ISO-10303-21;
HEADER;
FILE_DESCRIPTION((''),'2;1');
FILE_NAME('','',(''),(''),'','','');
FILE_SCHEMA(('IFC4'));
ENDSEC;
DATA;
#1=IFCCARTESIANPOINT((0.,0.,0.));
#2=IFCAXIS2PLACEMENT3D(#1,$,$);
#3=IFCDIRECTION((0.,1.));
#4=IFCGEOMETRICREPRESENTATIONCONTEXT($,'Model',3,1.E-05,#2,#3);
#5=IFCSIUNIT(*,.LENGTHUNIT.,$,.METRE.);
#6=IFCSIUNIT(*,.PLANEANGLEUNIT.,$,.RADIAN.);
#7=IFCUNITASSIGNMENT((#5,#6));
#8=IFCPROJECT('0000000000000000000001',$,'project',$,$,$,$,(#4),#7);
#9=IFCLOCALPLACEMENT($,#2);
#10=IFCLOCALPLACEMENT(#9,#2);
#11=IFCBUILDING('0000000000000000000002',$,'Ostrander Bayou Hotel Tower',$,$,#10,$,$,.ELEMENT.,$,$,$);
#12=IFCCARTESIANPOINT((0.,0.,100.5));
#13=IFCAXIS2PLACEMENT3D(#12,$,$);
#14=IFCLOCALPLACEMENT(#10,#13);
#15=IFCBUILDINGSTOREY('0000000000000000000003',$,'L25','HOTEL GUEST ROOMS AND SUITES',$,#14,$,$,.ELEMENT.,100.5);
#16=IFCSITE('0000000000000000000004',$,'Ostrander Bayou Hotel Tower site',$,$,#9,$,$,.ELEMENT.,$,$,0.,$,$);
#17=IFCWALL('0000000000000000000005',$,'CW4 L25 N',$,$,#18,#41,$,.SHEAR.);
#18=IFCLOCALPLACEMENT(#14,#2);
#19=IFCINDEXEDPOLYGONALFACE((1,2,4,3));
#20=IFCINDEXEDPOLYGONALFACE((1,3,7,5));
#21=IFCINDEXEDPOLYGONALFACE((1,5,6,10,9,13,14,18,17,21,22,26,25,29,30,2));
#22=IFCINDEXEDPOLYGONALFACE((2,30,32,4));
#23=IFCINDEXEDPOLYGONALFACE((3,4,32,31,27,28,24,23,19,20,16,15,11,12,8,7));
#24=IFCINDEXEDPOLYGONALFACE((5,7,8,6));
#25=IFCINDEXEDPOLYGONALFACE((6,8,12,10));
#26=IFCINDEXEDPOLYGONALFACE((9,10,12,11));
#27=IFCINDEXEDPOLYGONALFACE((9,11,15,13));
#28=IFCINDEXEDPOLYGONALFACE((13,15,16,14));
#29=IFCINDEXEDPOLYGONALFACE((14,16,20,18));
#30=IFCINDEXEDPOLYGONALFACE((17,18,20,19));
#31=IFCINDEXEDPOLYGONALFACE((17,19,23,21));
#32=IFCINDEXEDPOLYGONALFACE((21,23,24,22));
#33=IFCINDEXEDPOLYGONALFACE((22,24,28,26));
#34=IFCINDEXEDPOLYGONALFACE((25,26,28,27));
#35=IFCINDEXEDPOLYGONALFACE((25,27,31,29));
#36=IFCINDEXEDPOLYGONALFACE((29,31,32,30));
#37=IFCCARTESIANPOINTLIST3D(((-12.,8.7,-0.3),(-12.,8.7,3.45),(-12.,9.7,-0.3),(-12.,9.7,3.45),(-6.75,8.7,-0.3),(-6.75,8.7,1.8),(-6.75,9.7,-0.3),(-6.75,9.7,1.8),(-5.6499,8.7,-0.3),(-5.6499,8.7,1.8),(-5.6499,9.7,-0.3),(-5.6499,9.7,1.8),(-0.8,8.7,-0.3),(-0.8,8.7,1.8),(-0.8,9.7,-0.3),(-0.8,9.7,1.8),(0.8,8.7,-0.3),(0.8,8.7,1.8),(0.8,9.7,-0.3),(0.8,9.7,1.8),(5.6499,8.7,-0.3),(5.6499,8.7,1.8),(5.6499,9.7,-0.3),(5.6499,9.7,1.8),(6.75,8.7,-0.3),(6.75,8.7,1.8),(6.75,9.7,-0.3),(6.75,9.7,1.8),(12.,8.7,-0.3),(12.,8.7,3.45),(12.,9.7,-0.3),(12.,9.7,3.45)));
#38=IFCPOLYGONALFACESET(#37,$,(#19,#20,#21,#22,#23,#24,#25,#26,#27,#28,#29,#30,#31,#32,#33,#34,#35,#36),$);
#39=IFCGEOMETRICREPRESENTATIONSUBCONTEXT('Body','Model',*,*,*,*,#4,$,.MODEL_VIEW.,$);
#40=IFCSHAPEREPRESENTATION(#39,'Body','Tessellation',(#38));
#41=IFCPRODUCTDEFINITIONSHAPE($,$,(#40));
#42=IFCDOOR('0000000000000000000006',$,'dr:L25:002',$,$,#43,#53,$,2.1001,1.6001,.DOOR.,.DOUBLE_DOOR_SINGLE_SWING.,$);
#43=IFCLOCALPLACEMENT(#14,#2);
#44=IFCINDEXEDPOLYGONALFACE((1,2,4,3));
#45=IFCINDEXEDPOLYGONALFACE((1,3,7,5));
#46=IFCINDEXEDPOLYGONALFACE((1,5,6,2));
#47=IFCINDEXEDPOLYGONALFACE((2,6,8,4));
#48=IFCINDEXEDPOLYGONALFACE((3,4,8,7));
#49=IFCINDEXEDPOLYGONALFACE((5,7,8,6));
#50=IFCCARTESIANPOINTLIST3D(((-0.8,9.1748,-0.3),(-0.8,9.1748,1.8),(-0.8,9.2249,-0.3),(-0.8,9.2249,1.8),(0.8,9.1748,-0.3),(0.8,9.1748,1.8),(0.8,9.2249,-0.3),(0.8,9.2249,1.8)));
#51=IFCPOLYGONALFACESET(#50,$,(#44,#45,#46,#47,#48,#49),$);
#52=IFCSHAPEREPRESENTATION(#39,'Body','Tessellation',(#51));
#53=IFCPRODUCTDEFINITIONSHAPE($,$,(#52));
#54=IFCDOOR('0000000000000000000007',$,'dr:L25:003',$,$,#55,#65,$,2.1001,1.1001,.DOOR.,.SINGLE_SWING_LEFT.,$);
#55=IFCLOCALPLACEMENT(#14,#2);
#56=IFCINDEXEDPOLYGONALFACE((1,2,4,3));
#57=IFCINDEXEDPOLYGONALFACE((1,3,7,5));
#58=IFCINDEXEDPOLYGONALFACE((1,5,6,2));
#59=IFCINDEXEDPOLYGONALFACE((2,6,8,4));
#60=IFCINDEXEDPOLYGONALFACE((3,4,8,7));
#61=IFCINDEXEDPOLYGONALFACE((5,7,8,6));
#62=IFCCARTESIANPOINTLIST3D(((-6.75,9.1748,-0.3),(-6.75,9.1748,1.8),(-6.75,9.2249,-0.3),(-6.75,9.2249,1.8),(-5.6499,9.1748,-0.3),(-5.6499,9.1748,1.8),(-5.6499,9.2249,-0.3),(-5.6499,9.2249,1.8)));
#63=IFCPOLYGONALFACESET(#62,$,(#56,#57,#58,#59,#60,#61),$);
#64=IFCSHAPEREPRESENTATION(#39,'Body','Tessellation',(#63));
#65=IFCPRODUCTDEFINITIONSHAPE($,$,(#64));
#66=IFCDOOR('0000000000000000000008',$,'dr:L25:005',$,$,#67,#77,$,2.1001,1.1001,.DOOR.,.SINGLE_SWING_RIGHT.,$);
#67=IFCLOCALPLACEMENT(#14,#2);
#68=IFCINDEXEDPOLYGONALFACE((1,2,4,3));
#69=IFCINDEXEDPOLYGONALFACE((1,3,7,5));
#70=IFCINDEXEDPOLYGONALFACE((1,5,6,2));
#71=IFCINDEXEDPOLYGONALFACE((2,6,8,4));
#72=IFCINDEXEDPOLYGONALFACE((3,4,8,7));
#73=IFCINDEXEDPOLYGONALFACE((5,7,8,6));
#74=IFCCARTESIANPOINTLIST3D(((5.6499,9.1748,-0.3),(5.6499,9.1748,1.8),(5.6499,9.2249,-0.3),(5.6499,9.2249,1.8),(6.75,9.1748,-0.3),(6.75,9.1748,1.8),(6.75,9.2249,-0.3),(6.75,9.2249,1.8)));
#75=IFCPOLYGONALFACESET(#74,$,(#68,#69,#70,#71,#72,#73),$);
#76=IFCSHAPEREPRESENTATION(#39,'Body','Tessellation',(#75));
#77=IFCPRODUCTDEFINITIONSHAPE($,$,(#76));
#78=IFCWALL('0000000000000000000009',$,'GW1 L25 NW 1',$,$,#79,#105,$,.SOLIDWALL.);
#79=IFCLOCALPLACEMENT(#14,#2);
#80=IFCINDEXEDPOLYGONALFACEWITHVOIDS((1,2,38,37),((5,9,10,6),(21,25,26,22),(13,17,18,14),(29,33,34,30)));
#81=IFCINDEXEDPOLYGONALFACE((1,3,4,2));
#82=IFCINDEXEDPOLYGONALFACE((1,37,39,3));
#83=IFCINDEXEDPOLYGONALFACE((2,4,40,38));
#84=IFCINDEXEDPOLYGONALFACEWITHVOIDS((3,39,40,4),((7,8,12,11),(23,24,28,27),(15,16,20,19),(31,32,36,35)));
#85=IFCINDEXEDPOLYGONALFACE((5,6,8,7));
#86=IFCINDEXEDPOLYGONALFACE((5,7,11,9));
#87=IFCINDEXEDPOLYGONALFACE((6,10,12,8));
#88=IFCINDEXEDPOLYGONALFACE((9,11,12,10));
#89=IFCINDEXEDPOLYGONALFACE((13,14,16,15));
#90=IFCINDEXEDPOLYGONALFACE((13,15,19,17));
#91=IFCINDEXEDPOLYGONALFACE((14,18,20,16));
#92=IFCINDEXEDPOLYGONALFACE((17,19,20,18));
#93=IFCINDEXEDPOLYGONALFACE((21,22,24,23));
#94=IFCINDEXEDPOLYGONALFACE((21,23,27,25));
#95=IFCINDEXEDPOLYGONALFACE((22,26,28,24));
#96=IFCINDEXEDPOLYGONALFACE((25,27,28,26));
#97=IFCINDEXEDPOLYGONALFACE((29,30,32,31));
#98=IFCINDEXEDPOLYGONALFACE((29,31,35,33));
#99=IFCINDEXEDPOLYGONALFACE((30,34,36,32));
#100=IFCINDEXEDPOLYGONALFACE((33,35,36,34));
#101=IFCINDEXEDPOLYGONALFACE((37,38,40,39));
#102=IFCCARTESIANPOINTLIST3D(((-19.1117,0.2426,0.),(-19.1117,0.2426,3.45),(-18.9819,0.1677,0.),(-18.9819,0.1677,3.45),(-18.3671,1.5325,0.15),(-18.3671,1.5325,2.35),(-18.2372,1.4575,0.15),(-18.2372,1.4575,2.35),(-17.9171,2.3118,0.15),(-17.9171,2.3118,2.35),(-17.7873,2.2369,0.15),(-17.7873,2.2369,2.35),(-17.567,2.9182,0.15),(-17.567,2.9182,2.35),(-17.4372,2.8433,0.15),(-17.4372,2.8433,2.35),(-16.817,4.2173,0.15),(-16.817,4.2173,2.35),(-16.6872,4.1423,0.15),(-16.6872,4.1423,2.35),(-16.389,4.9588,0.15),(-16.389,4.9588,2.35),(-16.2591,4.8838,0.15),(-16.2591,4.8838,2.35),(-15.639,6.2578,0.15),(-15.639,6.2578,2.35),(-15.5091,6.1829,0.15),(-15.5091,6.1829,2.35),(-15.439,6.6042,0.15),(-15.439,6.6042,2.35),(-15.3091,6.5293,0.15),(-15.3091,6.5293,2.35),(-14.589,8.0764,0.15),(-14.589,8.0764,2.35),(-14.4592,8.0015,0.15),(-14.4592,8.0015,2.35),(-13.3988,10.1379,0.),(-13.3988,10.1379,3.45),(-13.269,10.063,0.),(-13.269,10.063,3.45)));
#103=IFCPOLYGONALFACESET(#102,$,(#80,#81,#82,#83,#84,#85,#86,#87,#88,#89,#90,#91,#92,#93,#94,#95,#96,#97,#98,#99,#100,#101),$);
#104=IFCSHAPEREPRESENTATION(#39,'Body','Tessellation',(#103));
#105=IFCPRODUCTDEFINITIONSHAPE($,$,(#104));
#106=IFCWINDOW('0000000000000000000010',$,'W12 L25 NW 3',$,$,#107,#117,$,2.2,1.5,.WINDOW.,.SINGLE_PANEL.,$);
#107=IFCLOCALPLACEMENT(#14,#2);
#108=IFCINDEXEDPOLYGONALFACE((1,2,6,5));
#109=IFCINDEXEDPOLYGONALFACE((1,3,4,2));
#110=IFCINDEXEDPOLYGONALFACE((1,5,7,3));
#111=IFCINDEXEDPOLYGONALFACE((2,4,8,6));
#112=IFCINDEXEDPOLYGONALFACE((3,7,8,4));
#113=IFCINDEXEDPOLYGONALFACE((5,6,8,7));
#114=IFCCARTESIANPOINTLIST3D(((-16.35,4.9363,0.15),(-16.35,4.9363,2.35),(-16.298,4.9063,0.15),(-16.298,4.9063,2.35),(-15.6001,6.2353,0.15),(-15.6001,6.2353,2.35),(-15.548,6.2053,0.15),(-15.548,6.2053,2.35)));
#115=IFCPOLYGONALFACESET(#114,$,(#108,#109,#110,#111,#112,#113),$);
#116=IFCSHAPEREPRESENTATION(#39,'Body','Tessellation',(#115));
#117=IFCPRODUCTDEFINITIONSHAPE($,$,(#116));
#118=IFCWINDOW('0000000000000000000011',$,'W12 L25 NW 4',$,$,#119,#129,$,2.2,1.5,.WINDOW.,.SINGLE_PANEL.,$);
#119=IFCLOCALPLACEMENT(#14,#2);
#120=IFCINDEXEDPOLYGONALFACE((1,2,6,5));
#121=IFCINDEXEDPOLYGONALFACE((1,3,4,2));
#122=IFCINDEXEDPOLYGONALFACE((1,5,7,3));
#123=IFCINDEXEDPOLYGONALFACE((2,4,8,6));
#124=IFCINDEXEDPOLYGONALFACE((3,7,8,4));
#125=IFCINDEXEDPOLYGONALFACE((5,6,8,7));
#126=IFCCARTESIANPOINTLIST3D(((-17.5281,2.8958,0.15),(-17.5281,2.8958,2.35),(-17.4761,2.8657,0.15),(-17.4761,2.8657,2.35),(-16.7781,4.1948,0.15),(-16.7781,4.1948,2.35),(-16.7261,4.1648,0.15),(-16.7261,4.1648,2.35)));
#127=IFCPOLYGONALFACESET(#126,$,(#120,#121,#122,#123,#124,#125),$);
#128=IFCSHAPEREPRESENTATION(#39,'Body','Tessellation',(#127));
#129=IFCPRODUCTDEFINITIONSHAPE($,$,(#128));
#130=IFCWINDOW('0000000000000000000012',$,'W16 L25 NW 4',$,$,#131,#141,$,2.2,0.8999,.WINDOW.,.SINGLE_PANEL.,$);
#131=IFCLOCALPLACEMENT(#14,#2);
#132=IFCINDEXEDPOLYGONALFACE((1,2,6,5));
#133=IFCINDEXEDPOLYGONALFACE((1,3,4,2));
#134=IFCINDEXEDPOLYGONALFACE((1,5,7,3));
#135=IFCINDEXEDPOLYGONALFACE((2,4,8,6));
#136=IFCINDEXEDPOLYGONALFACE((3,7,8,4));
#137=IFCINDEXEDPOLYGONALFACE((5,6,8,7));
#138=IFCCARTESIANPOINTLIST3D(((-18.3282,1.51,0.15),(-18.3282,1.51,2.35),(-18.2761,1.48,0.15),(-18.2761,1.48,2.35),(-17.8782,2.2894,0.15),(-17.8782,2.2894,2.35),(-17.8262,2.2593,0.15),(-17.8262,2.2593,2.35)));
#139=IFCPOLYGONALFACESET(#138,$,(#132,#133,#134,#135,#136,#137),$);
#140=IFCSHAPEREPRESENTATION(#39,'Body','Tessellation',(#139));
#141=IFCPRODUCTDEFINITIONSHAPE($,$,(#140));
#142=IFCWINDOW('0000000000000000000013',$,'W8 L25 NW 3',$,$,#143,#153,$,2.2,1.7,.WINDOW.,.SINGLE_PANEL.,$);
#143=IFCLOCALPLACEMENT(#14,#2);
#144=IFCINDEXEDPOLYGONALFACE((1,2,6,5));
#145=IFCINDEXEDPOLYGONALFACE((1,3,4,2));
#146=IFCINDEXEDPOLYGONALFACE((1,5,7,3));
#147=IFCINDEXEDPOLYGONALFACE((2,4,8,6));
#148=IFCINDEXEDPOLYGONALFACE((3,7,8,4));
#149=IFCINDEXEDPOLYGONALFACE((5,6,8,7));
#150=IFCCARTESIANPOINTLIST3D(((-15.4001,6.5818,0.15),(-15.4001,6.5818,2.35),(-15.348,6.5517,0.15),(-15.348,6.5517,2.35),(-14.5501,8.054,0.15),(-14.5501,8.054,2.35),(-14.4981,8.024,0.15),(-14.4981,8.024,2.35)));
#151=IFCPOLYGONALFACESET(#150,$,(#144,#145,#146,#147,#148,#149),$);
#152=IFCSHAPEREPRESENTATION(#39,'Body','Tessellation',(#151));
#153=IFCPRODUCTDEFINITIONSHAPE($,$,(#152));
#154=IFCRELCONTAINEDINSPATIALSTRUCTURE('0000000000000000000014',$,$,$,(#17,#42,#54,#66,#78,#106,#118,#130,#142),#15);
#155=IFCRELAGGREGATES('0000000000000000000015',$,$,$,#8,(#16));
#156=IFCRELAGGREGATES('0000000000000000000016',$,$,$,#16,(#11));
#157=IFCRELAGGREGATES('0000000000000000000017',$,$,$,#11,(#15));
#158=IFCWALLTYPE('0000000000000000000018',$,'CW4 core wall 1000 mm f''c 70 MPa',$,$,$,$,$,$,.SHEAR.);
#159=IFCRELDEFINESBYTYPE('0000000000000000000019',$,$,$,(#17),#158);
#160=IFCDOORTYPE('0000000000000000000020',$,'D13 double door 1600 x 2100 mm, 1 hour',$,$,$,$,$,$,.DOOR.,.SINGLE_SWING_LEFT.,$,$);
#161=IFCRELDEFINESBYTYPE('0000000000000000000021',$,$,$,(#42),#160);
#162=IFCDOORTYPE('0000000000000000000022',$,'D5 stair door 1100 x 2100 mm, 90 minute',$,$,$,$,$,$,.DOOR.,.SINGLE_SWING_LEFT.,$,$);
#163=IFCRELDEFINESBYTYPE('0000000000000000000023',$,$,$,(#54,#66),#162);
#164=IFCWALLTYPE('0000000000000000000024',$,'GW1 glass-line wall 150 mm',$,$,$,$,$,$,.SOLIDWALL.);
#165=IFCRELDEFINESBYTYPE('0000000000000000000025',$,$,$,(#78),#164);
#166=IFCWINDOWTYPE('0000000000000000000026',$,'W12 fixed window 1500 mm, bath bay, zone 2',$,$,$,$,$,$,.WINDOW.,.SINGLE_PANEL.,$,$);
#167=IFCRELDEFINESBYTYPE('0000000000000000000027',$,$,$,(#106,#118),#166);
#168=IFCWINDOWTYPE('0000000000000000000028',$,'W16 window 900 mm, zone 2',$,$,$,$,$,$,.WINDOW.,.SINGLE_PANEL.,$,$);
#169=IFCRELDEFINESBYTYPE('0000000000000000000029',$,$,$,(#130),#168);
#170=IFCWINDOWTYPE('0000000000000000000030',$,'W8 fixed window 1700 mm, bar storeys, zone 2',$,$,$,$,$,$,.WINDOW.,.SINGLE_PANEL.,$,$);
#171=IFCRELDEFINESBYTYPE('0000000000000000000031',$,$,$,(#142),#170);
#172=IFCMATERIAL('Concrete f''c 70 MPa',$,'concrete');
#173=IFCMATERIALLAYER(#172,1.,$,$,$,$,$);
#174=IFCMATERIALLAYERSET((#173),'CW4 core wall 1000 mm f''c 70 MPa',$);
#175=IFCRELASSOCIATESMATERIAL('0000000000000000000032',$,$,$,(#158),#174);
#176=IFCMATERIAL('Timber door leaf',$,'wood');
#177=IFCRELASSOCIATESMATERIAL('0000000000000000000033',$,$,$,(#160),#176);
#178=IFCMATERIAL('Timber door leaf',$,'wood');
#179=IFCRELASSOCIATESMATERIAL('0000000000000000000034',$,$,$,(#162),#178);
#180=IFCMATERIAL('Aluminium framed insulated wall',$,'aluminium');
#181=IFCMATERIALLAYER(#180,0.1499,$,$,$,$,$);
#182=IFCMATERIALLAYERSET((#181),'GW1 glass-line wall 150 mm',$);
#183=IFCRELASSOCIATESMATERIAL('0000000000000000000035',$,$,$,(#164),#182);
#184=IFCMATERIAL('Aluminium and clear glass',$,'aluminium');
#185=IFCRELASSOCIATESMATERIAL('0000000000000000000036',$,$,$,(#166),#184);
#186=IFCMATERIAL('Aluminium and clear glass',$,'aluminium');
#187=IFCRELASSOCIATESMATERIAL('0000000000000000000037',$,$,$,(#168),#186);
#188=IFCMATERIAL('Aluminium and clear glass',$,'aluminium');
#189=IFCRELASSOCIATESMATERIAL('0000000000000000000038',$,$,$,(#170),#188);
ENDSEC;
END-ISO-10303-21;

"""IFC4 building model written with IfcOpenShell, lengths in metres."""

from ifc_helpers import new_model, si_unit, direction, frame, frame_2d, origin, place, context, subcontext, project, spatial, rectangle, extrude, material, layer, layer_set, type_object, element, fill, save


model = new_model("IFC4")

# Units and contexts
model_context = context("Model", 3, precision=1e-05, world=origin(), true_north=direction((0.0, 1.0)))
body_context = subcontext(model_context, "Body", "Model", "MODEL_VIEW")
ifc_project = project(units=[si_unit("LENGTHUNIT", "METRE"), si_unit("PLANEANGLEUNIT", "RADIAN")], contexts=[model_context])

# Site, building, storey
site_placement = place(None, origin())
site = spatial("IfcSite", under=ifc_project, at=site_placement, Name="Ostrander Bayou Hotel Tower site", CompositionType="ELEMENT", RefElevation=0.0)
building_placement = place(site_placement, origin())
building = spatial("IfcBuilding", under=site, at=building_placement, Name="Ostrander Bayou Hotel Tower", CompositionType="ELEMENT")
storey_placement = place(building_placement, frame((0.0, 0.0, 100.5)))
storey = spatial("IfcBuildingStorey", under=building, at=storey_placement, Name="L25", Description="HOTEL GUEST ROOMS AND SUITES", CompositionType="ELEMENT", Elevation=100.5)

# Wall, openings, doors
ifc_material_1 = material(Name="Concrete f'c 70 MPa", Category="concrete")
ifc_layer_1 = layer(ifc_material_1, 1.0)
ifc_layer_set_1 = layer_set([ifc_layer_1], Name="CW4 core wall 1000 mm f'c 70 MPa")
wall_type_1 = type_object("IfcWallType", Name="CW4 core wall 1000 mm f'c 70 MPa", PredefinedType="SHEAR", material=ifc_layer_set_1)
wall_1_placement = place(storey_placement, frame((-12.0, 9.2, -0.3), z_axis=(0.0, 0.0, 1.0), x_axis=(1.0, 0.0, 0.0)))
wall_1 = element("IfcWall", 1, at=wall_1_placement, inside=storey, type_object=wall_type_1, Name="CW4 L25 N", PredefinedType="SHEAR", context=body_context, shape_type="SweptSolid", body=[
    extrude(rectangle(XDim=24.0, YDim=1.0, at=frame_2d((12.0, 0.0))), origin(), (0.0, 0.0, 1.0), 3.75),
])
opening_1_placement = place(wall_1_placement, frame((11.2, 0.0, 0.0)))
opening_1 = element("IfcOpeningElement", 2, at=opening_1_placement, cuts=wall_1, PredefinedType="OPENING", context=body_context, shape_type="SweptSolid", body=[
    extrude(rectangle(XDim=1.6001, YDim=2.1001, at=frame_2d((0.8, 1.05))), frame((0.0, 0.5, 0.0), z_axis=(0.0, -1.0, 0.0), x_axis=(1.0, 0.0, 0.0)), (0.0, 0.0, 1.0), 1.0),
])
opening_2_placement = place(wall_1_placement, frame((5.25, 0.0, 0.0)))
opening_2 = element("IfcOpeningElement", 3, at=opening_2_placement, cuts=wall_1, PredefinedType="OPENING", context=body_context, shape_type="SweptSolid", body=[
    extrude(rectangle(XDim=1.1001, YDim=2.1001, at=frame_2d((0.55, 1.05))), frame((0.0, 0.5, 0.0), z_axis=(0.0, -1.0, 0.0), x_axis=(1.0, 0.0, 0.0)), (0.0, 0.0, 1.0), 1.0),
])
opening_3_placement = place(wall_1_placement, frame((17.6499, 0.0, 0.0)))
opening_3 = element("IfcOpeningElement", 4, at=opening_3_placement, cuts=wall_1, PredefinedType="OPENING", context=body_context, shape_type="SweptSolid", body=[
    extrude(rectangle(XDim=1.1001, YDim=2.1001, at=frame_2d((0.55, 1.05))), frame((0.0, 0.5, 0.0), z_axis=(0.0, -1.0, 0.0), x_axis=(1.0, 0.0, 0.0)), (0.0, 0.0, 1.0), 1.0),
])
ifc_material_2 = material(Name="Timber door leaf", Category="wood")
door_type_1 = type_object("IfcDoorType", Name="D13 double door 1600 x 2100 mm, 1 hour", OperationType="SINGLE_SWING_LEFT", PredefinedType="DOOR", material=ifc_material_2)
door_1_placement = place(opening_1_placement, origin())
door_1 = element("IfcDoor", 5, at=door_1_placement, inside=storey, type_object=door_type_1, Name="dr:L25:002", OperationType="DOUBLE_DOOR_SINGLE_SWING", OverallHeight=2.1001, OverallWidth=1.6001, PredefinedType="DOOR", context=body_context, shape_type="SweptSolid", body=[
    extrude(rectangle(XDim=1.6001, YDim=2.1001, at=frame_2d((0.8, 1.05))), frame((0.0, 0.0249, 0.0), z_axis=(0.0, -1.0, 0.0), x_axis=(1.0, 0.0, 0.0)), (0.0, 0.0, 1.0), 0.05),
])
fill(opening_1, door_1)
ifc_material_3 = material(Name="Timber door leaf", Category="wood")
door_type_2 = type_object("IfcDoorType", Name="D5 stair door 1100 x 2100 mm, 90 minute", OperationType="SINGLE_SWING_LEFT", PredefinedType="DOOR", material=ifc_material_3)
door_2_placement = place(opening_2_placement, origin())
door_2 = element("IfcDoor", 6, at=door_2_placement, inside=storey, type_object=door_type_2, Name="dr:L25:003", OperationType="SINGLE_SWING_LEFT", OverallHeight=2.1001, OverallWidth=1.1001, PredefinedType="DOOR", context=body_context, shape_type="SweptSolid", body=[
    extrude(rectangle(XDim=1.1001, YDim=2.1001, at=frame_2d((0.55, 1.05))), frame((0.0, 0.0249, 0.0), z_axis=(0.0, -1.0, 0.0), x_axis=(1.0, 0.0, 0.0)), (0.0, 0.0, 1.0), 0.05),
])
fill(opening_2, door_2)
door_3_placement = place(opening_3_placement, origin())
door_3 = element("IfcDoor", 7, at=door_3_placement, inside=storey, type_object=door_type_2, Name="dr:L25:005", OperationType="SINGLE_SWING_RIGHT", OverallHeight=2.1001, OverallWidth=1.1001, PredefinedType="DOOR", context=body_context, shape_type="SweptSolid", body=[
    extrude(rectangle(XDim=1.1001, YDim=2.1001, at=frame_2d((0.55, 1.05))), frame((0.0, 0.0249, 0.0), z_axis=(0.0, -1.0, 0.0), x_axis=(1.0, 0.0, 0.0)), (0.0, 0.0, 1.0), 0.05),
])
fill(opening_3, door_3)

# Wall, openings, windows
ifc_material_4 = material(Name="Aluminium framed insulated wall", Category="aluminium")
ifc_layer_2 = layer(ifc_material_4, 0.1499)
ifc_layer_set_2 = layer_set([ifc_layer_2], Name="GW1 glass-line wall 150 mm")
wall_type_2 = type_object("IfcWallType", Name="GW1 glass-line wall 150 mm", PredefinedType="SOLIDWALL", material=ifc_layer_set_2)
wall_2_placement = place(storey_placement, frame((-13.334, 10.1003, 0.0), z_axis=(0.0, 0.0, 1.0), x_axis=(-0.499991, -0.866031, 0.0)))
wall_2 = element("IfcWall", 8, at=wall_2_placement, inside=storey, type_object=wall_type_2, Name="GW1 L25 NW 1", PredefinedType="SOLIDWALL", context=body_context, shape_type="SweptSolid", body=[
    extrude(rectangle(XDim=11.426, YDim=0.1499, at=frame_2d((5.7129, 0.0))), origin(), (0.0, 0.0, 1.0), 3.45),
])
opening_4_placement = place(wall_2_placement, frame((2.3801, 0.0, 0.1499)))
opening_4 = element("IfcOpeningElement", 9, at=opening_4_placement, cuts=wall_2, PredefinedType="OPENING", context=body_context, shape_type="SweptSolid", body=[
    extrude(rectangle(XDim=1.7, YDim=2.2, at=frame_2d((0.8501, 1.1001))), frame((0.0, 0.075, 0.0), z_axis=(0.0, -1.0, 0.0), x_axis=(1.0, 0.0, 0.0)), (0.0, 0.0, 1.0), 0.1499),
])
opening_5_placement = place(wall_2_placement, frame((4.4802, 0.0, 0.1499)))
opening_5 = element("IfcOpeningElement", 10, at=opening_5_placement, cuts=wall_2, PredefinedType="OPENING", context=body_context, shape_type="SweptSolid", body=[
    extrude(rectangle(XDim=1.5, YDim=2.2, at=frame_2d((0.75, 1.1001))), frame((0.0, 0.075, 0.0), z_axis=(0.0, -1.0, 0.0), x_axis=(1.0, 0.0, 0.0)), (0.0, 0.0, 1.0), 0.1499),
])
opening_6_placement = place(wall_2_placement, frame((9.0366, 0.0, 0.1499)))
opening_6 = element("IfcOpeningElement", 11, at=opening_6_placement, cuts=wall_2, PredefinedType="OPENING", context=body_context, shape_type="SweptSolid", body=[
    extrude(rectangle(XDim=0.8999, YDim=2.2, at=frame_2d((0.45, 1.1001))), frame((0.0, 0.075, 0.0), z_axis=(0.0, -1.0, 0.0), x_axis=(1.0, 0.0, 0.0)), (0.0, 0.0, 1.0), 0.1499),
])
opening_7_placement = place(wall_2_placement, frame((6.8364, 0.0, 0.1499)))
opening_7 = element("IfcOpeningElement", 12, at=opening_7_placement, cuts=wall_2, PredefinedType="OPENING", context=body_context, shape_type="SweptSolid", body=[
    extrude(rectangle(XDim=1.5, YDim=2.2, at=frame_2d((0.75, 1.1001))), frame((0.0, 0.075, 0.0), z_axis=(0.0, -1.0, 0.0), x_axis=(1.0, 0.0, 0.0)), (0.0, 0.0, 1.0), 0.1499),
])
ifc_material_5 = material(Name="Aluminium and clear glass", Category="aluminium")
window_type_1 = type_object("IfcWindowType", Name="W12 fixed window 1500 mm, bath bay, zone 2", PartitioningType="SINGLE_PANEL", PredefinedType="WINDOW", material=ifc_material_5)
window_1_placement = place(opening_5_placement, origin())
window_1 = element("IfcWindow", 13, at=window_1_placement, inside=storey, type_object=window_type_1, Name="W12 L25 NW 3", OverallHeight=2.2, OverallWidth=1.5, PartitioningType="SINGLE_PANEL", PredefinedType="WINDOW", context=body_context, shape_type="SweptSolid", body=[
    extrude(rectangle(XDim=1.5, YDim=2.2, at=frame_2d((0.75, 1.1001))), frame((0.0, 0.03, 0.0), z_axis=(0.0, -1.0, 0.0), x_axis=(1.0, 0.0, 0.0)), (0.0, 0.0, 1.0), 0.0601),
])
fill(opening_5, window_1)
window_2_placement = place(opening_7_placement, origin())
window_2 = element("IfcWindow", 14, at=window_2_placement, inside=storey, type_object=window_type_1, Name="W12 L25 NW 4", OverallHeight=2.2, OverallWidth=1.5, PartitioningType="SINGLE_PANEL", PredefinedType="WINDOW", context=body_context, shape_type="SweptSolid", body=[
    extrude(rectangle(XDim=1.5, YDim=2.2, at=frame_2d((0.75, 1.1001))), frame((0.0, 0.03, 0.0), z_axis=(0.0, -1.0, 0.0), x_axis=(1.0, 0.0, 0.0)), (0.0, 0.0, 1.0), 0.0601),
])
fill(opening_7, window_2)
ifc_material_6 = material(Name="Aluminium and clear glass", Category="aluminium")
window_type_2 = type_object("IfcWindowType", Name="W16 window 900 mm, zone 2", PartitioningType="SINGLE_PANEL", PredefinedType="WINDOW", material=ifc_material_6)
window_3_placement = place(opening_6_placement, origin())
window_3 = element("IfcWindow", 15, at=window_3_placement, inside=storey, type_object=window_type_2, Name="W16 L25 NW 4", OverallHeight=2.2, OverallWidth=0.8999, PartitioningType="SINGLE_PANEL", PredefinedType="WINDOW", context=body_context, shape_type="SweptSolid", body=[
    extrude(rectangle(XDim=0.8999, YDim=2.2, at=frame_2d((0.45, 1.1001))), frame((0.0, 0.03, 0.0), z_axis=(0.0, -1.0, 0.0), x_axis=(1.0, 0.0, 0.0)), (0.0, 0.0, 1.0), 0.0601),
])
fill(opening_6, window_3)
ifc_material_7 = material(Name="Aluminium and clear glass", Category="aluminium")
window_type_3 = type_object("IfcWindowType", Name="W8 fixed window 1700 mm, bar storeys, zone 2", PartitioningType="SINGLE_PANEL", PredefinedType="WINDOW", material=ifc_material_7)
window_4_placement = place(opening_4_placement, origin())
window_4 = element("IfcWindow", 16, at=window_4_placement, inside=storey, type_object=window_type_3, Name="W8 L25 NW 3", OverallHeight=2.2, OverallWidth=1.7, PartitioningType="SINGLE_PANEL", PredefinedType="WINDOW", context=body_context, shape_type="SweptSolid", body=[
    extrude(rectangle(XDim=1.7, YDim=2.2, at=frame_2d((0.8501, 1.1001))), frame((0.0, 0.03, 0.0), z_axis=(0.0, -1.0, 0.0), x_axis=(1.0, 0.0, 0.0)), (0.0, 0.0, 1.0), 0.0601),
])
fill(opening_4, window_4)

save(model, "model.ifc")
